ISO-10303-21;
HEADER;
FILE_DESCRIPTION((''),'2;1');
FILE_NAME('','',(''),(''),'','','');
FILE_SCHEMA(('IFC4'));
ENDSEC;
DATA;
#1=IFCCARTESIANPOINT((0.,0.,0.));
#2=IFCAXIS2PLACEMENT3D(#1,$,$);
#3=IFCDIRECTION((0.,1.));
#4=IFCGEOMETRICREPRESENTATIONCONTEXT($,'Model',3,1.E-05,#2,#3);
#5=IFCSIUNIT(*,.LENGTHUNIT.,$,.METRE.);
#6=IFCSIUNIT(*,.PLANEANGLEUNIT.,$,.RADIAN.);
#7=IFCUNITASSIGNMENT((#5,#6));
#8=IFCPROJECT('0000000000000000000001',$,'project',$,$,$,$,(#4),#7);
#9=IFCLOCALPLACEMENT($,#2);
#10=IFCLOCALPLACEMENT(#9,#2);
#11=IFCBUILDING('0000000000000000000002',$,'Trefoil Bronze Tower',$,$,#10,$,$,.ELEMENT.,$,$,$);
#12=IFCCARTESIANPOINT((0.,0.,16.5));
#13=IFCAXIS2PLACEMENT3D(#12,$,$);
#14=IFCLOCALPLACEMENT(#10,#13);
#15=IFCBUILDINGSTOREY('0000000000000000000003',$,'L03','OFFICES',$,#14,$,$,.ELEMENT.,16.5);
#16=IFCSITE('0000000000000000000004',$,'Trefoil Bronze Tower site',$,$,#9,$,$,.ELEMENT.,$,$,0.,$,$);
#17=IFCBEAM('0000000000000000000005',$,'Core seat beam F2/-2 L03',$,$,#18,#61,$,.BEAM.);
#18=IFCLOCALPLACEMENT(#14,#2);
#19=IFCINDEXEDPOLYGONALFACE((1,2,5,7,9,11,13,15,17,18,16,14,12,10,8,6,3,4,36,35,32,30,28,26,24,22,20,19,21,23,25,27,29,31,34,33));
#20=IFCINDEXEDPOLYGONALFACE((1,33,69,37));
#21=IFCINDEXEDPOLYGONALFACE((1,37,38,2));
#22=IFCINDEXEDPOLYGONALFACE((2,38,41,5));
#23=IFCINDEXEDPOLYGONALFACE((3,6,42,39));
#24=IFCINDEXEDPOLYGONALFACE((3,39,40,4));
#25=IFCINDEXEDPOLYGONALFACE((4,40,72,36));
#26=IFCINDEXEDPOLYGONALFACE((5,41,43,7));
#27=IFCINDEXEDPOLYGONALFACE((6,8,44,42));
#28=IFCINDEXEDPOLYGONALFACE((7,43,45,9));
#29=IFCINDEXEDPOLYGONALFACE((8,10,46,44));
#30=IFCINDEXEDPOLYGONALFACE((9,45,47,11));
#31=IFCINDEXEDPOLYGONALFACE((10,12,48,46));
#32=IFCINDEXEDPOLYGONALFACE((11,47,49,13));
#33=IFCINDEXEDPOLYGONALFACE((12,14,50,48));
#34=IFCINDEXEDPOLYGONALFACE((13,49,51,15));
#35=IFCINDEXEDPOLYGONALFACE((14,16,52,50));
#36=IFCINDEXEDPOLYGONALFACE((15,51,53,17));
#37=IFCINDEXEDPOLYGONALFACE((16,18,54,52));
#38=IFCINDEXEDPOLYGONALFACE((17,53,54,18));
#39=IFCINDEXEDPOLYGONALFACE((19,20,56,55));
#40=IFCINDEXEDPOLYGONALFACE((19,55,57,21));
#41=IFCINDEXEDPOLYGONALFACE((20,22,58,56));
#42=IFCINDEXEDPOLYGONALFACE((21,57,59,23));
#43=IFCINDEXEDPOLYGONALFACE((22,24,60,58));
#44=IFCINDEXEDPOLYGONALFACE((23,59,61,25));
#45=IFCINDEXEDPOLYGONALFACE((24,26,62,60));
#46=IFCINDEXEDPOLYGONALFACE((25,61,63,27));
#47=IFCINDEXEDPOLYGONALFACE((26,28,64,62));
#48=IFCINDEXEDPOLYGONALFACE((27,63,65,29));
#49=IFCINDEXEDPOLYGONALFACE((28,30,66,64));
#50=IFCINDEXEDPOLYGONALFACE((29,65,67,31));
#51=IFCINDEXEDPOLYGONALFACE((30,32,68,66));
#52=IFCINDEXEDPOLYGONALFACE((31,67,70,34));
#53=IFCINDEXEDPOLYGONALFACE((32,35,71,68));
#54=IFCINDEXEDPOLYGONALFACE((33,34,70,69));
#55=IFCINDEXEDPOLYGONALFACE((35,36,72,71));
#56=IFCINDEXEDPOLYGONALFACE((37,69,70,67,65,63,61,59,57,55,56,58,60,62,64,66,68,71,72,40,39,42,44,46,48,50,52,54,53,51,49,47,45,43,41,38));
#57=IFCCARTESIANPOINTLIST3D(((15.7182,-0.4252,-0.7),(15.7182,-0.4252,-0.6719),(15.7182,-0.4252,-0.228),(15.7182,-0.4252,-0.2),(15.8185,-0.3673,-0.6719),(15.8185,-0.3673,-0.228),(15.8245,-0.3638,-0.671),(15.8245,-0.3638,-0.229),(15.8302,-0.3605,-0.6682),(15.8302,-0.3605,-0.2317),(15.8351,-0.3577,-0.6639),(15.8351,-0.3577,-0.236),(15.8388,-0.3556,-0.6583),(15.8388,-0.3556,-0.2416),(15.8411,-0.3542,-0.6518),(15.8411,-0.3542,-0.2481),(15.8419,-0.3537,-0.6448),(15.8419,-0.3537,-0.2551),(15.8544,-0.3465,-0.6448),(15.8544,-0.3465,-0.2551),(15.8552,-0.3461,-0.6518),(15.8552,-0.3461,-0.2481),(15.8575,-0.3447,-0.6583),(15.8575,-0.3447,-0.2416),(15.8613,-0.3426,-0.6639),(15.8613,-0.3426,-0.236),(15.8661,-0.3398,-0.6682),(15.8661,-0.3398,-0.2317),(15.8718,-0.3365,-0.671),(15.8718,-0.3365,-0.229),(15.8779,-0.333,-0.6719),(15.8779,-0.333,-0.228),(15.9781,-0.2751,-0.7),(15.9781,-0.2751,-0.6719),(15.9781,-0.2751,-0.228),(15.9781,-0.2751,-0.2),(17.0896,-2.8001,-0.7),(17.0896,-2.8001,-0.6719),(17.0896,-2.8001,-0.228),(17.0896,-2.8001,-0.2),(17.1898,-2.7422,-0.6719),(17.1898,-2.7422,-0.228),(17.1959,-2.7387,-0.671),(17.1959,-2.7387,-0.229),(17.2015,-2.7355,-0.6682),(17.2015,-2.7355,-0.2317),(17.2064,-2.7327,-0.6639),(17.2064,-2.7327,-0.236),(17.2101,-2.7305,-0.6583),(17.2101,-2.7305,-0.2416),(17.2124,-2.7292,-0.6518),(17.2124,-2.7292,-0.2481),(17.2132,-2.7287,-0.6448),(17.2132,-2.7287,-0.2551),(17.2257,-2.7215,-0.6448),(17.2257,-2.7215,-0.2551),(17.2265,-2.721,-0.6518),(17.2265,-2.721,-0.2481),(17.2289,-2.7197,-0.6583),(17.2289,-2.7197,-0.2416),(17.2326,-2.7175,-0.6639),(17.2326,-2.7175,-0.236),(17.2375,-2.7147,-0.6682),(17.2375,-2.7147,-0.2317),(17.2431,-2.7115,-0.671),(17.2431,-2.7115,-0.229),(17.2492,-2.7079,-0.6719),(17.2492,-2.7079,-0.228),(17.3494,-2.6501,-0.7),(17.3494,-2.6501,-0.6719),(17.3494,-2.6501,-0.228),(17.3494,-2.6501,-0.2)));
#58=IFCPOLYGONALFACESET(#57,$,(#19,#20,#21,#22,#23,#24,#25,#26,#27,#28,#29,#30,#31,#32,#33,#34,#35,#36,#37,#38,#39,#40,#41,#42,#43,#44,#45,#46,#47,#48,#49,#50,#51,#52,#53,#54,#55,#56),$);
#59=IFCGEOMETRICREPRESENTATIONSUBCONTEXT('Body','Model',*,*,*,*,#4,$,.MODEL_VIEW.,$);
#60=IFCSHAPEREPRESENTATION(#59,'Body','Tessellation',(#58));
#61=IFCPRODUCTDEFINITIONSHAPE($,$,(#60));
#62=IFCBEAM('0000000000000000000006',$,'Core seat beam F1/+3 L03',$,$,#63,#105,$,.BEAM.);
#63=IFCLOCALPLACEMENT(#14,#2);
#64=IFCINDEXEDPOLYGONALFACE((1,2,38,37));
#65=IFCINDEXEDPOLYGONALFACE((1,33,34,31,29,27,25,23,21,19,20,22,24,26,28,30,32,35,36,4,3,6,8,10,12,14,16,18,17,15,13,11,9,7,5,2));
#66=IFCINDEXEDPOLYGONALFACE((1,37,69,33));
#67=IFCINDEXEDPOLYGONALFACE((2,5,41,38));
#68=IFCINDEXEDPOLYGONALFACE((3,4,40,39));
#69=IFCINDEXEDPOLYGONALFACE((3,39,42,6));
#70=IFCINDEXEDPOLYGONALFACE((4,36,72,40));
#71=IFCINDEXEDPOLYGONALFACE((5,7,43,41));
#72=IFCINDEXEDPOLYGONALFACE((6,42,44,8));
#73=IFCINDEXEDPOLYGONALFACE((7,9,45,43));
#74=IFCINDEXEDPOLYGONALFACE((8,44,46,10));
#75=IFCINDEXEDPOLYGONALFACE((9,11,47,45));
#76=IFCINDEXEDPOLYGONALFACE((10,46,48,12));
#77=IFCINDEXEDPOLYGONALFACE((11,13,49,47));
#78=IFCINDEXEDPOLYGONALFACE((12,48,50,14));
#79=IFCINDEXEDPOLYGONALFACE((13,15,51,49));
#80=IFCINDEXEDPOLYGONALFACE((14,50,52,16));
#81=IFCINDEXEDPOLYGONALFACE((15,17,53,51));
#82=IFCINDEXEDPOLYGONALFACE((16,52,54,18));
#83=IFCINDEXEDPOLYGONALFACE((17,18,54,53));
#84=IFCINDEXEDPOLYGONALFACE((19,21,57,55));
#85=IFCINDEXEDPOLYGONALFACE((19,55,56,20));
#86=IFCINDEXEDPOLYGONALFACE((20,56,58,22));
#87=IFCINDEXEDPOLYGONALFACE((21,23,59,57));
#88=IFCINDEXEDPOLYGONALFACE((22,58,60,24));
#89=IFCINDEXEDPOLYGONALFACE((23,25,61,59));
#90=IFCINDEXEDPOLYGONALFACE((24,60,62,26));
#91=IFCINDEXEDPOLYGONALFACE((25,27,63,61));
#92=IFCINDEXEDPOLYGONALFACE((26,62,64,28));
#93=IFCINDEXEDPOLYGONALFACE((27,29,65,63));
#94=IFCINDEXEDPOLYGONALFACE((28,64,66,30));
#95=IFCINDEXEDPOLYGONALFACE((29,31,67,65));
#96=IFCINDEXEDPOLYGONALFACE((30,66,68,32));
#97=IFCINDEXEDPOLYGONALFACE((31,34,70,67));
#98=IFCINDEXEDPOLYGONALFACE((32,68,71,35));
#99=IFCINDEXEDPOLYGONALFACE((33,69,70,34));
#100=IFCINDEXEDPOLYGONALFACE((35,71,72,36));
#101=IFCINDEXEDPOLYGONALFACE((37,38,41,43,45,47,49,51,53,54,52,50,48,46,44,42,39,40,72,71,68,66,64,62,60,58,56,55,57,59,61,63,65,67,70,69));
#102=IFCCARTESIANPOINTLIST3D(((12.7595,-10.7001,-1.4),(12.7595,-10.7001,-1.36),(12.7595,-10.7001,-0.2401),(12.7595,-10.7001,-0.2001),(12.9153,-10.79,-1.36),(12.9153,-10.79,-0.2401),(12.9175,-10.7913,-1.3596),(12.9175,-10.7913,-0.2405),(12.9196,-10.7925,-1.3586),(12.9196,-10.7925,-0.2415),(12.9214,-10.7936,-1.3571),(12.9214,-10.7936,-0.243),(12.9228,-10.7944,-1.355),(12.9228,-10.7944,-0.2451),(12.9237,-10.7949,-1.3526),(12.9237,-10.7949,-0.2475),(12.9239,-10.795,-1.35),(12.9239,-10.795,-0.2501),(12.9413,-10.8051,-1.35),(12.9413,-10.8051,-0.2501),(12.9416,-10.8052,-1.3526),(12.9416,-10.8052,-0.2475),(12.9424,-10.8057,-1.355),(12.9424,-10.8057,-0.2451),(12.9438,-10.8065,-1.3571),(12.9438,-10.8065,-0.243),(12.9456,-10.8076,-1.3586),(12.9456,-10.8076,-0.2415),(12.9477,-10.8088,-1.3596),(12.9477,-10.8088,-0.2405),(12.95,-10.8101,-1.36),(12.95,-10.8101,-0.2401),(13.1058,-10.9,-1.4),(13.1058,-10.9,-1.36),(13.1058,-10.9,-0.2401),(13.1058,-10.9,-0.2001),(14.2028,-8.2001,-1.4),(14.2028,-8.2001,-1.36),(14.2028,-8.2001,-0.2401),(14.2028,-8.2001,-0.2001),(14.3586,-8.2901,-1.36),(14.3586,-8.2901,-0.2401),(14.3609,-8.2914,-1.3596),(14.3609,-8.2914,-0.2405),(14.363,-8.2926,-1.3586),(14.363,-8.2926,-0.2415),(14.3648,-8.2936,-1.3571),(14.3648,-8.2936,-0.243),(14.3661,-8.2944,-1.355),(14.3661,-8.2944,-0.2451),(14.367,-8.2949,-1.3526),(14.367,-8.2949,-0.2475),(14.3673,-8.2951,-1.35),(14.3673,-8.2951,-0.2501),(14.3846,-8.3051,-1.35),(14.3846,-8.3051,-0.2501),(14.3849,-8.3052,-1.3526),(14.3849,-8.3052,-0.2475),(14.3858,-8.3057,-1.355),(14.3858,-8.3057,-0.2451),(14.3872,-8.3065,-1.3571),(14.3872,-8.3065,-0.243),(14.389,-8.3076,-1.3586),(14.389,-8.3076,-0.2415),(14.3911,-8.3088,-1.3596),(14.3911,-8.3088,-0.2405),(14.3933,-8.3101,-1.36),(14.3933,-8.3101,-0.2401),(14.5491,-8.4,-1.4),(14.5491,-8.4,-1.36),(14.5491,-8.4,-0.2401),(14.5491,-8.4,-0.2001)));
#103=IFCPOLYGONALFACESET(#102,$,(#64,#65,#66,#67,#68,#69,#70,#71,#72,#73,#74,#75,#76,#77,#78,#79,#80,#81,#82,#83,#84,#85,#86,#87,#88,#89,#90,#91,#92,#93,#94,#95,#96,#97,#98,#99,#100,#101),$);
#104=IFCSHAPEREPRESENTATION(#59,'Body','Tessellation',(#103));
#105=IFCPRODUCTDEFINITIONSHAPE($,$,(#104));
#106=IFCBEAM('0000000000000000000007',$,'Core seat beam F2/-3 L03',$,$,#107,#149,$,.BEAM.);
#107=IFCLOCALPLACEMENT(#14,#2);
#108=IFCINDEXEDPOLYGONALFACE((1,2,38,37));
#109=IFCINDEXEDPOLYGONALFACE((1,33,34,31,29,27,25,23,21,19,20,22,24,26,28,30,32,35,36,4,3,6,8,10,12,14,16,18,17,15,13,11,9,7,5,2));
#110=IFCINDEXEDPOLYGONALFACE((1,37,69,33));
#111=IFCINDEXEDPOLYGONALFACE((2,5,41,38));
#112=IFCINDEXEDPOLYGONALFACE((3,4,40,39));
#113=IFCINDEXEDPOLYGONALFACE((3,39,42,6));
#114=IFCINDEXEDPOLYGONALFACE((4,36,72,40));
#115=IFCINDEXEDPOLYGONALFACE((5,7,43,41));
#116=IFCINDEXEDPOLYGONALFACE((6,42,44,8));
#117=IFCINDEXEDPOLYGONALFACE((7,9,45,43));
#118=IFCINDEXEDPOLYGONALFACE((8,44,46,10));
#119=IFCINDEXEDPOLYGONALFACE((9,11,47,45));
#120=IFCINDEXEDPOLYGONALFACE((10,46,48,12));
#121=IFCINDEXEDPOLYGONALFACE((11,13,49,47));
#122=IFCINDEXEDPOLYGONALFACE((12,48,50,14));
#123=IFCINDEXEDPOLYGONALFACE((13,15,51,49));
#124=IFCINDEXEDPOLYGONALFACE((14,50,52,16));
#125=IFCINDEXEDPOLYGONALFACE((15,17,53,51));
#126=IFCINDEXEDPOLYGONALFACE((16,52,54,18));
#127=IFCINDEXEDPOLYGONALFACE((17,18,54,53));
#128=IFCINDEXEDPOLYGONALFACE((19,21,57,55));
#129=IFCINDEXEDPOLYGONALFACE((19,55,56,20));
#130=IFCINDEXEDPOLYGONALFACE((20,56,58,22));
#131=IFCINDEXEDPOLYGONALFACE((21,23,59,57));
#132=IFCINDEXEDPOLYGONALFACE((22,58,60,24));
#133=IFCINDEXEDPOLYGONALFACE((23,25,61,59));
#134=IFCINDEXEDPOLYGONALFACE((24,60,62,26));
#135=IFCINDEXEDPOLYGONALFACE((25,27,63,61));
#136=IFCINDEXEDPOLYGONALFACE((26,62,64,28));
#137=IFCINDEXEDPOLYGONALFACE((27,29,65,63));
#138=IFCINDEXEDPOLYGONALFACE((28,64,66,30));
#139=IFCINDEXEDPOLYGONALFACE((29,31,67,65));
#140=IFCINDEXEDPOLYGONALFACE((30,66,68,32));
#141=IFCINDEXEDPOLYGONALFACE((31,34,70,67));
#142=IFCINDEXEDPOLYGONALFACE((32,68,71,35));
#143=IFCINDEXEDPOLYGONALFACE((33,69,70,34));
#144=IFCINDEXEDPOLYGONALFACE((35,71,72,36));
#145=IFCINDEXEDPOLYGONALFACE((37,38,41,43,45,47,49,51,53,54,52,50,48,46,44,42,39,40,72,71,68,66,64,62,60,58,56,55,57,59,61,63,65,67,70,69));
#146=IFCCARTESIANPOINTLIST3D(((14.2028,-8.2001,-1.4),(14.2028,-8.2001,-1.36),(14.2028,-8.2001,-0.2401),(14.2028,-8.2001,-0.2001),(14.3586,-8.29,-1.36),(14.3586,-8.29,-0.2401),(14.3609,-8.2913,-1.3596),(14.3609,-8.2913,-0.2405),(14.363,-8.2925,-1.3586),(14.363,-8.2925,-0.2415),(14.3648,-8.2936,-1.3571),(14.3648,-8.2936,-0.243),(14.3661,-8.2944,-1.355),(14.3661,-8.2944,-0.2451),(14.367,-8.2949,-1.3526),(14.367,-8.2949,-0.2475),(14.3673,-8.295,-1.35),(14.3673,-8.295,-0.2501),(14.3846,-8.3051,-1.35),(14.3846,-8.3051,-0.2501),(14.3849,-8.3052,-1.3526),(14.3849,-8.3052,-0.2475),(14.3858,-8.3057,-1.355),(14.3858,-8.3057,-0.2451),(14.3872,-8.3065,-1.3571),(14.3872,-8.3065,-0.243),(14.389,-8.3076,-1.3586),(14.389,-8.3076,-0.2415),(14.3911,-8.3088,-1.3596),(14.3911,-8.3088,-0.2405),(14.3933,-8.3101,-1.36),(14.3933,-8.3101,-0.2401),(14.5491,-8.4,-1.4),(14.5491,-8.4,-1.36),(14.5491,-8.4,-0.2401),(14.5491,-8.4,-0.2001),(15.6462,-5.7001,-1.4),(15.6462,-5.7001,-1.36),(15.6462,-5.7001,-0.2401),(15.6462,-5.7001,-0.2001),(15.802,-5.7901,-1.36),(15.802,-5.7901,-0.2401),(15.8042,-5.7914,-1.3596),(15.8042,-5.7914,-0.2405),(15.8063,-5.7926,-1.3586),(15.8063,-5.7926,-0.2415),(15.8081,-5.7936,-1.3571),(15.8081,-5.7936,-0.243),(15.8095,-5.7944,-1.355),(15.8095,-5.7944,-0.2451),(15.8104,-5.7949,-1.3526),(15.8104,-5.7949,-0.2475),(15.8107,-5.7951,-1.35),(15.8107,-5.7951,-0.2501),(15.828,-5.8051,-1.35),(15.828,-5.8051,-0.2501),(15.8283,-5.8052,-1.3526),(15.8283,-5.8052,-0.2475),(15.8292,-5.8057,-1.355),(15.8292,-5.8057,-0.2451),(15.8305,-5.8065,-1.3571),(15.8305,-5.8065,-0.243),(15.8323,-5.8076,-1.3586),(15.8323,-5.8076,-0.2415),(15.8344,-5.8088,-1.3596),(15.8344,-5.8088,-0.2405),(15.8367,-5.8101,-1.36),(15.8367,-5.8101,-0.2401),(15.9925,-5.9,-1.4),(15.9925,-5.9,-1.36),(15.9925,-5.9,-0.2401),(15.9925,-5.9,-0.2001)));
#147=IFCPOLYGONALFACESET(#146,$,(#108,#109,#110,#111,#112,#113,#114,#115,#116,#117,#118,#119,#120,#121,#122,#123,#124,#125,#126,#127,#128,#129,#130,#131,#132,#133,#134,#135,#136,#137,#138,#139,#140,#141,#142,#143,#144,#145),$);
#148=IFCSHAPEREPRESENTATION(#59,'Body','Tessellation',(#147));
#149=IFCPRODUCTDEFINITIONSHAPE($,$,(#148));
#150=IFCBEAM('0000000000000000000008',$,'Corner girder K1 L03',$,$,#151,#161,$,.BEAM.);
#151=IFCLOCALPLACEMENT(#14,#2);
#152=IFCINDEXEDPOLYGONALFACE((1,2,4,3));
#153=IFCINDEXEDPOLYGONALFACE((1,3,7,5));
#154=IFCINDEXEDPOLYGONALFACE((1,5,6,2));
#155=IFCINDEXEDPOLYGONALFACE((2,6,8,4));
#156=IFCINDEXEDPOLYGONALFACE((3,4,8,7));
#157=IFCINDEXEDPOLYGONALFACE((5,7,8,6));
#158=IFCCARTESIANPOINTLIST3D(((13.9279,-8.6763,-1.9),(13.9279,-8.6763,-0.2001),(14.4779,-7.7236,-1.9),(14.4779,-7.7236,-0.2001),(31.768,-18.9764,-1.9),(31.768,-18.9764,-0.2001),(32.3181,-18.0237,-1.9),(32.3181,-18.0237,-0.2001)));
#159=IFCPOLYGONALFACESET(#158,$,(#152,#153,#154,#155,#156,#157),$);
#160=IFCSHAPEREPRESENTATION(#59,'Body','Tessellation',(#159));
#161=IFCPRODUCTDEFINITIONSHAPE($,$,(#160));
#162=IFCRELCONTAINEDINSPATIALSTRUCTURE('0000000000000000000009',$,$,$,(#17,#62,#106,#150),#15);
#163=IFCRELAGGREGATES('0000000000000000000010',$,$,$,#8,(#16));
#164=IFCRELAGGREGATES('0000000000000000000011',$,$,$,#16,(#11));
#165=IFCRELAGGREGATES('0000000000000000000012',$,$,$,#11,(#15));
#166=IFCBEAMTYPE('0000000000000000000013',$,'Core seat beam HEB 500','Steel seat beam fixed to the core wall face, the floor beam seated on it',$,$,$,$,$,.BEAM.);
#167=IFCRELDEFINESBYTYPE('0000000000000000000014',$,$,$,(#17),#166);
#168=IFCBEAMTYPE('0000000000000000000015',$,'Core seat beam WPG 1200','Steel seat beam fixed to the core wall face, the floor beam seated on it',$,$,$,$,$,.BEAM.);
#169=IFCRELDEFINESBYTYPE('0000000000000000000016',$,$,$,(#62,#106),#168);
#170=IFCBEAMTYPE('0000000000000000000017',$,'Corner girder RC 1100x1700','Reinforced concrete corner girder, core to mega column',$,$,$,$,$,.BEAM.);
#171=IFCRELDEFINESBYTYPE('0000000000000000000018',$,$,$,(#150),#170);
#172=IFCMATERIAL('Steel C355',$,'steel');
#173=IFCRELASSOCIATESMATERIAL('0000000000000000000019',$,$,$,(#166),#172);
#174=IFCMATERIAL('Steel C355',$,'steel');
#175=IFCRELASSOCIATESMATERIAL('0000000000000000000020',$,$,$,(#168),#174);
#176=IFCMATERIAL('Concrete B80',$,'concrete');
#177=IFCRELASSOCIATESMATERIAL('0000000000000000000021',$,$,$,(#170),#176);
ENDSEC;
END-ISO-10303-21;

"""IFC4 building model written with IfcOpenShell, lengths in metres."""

from ifc_helpers import new_model, si_unit, direction, frame, origin, origin_2d, place, context, subcontext, project, spatial, rectangle, i_section, extrude, material, material_profile, profile_set, type_object, element, save


model = new_model("IFC4")

# Units and contexts
model_context = context("Model", 3, precision=1e-05, world=origin(), true_north=direction((0.0, 1.0)))
body_context = subcontext(model_context, "Body", "Model", "MODEL_VIEW")
ifc_project = project(units=[si_unit("LENGTHUNIT", "METRE"), si_unit("PLANEANGLEUNIT", "RADIAN")], contexts=[model_context])

# Site, building, storey
site_placement = place(None, origin())
site = spatial("IfcSite", under=ifc_project, at=site_placement, Name="Trefoil Bronze Tower site", CompositionType="ELEMENT", RefElevation=0.0)
building_placement = place(site_placement, origin())
building = spatial("IfcBuilding", under=site, at=building_placement, Name="Trefoil Bronze Tower", CompositionType="ELEMENT")
storey_placement = place(building_placement, frame((0.0, 0.0, 16.5)))
storey = spatial("IfcBuildingStorey", under=building, at=storey_placement, Name="L03", Description="OFFICES", CompositionType="ELEMENT", Elevation=16.5)

# Beams
ifc_material_1 = material(Name="Steel C355", Category="steel")
ifc_material_profile_1 = material_profile(ifc_material_1, i_section(OverallWidth=0.3, OverallDepth=0.5, WebThickness=0.0144, FlangeThickness=0.0281, FilletRadius=0.0271, at=origin_2d()), Name="HEB 500")
ifc_profile_set_1 = profile_set([ifc_material_profile_1], Name="Steel C355")
beam_type_1 = type_object("IfcBeamType", Name="Core seat beam HEB 500", Description="Steel seat beam fixed to the core wall face, the floor beam seated on it", PredefinedType="BEAM", material=ifc_profile_set_1)
beam_1_placement = place(storey_placement, frame((17.2195, -2.7251, -0.45), z_axis=(-0.500036, 0.866005, 0.0), x_axis=(-0.866005, -0.500036, 0.0)))
element("IfcBeam", 1, at=beam_1_placement, inside=storey, type_object=beam_type_1, Name="Core seat beam F2/-2 L03", PredefinedType="BEAM", context=body_context, shape_type="SweptSolid", body=[
    extrude(i_section(OverallWidth=0.3, OverallDepth=0.5, WebThickness=0.0144, FlangeThickness=0.0281, FilletRadius=0.0271, at=origin_2d()), origin(), (0.0, 0.0, 1.0), 2.7424),
])
ifc_material_2 = material(Name="Steel C355", Category="steel")
ifc_material_profile_2 = material_profile(ifc_material_2, i_section(OverallWidth=0.3999, OverallDepth=1.2, WebThickness=0.02, FlangeThickness=0.04, FilletRadius=0.01, at=origin_2d()), Name="WPG 1200")
ifc_profile_set_2 = profile_set([ifc_material_profile_2], Name="Steel C355")
beam_type_2 = type_object("IfcBeamType", Name="Core seat beam WPG 1200", Description="Steel seat beam fixed to the core wall face, the floor beam seated on it", PredefinedType="BEAM", material=ifc_profile_set_2)
for number, where, z_axis, x_axis, name in (
    (2, (12.9326, -10.8, -0.8), (0.499996, 0.866028, 0.0), (-0.866028, 0.499996, 0.0), "Core seat beam F1/+3 L03"),
    (3, (14.376, -8.3, -0.8), (0.499996, 0.866028, 0.0), (-0.866028, 0.499996, 0.0), "Core seat beam F2/-3 L03"),
):
    element("IfcBeam", number, at=place(storey_placement, frame(where, z_axis=z_axis, x_axis=x_axis)), inside=storey, type_object=beam_type_2, Name=name, PredefinedType="BEAM", context=body_context, shape_type="SweptSolid", body=[
        extrude(i_section(OverallWidth=0.3999, OverallDepth=1.2, WebThickness=0.02, FlangeThickness=0.04, FilletRadius=0.01, at=origin_2d()), origin(), (0.0, 0.0, 1.0), 2.8867),
    ])
ifc_material_3 = material(Name="Concrete B80", Category="concrete")
ifc_material_profile_3 = material_profile(ifc_material_3, rectangle(XDim=1.1001, YDim=1.7, at=origin_2d()), Name="RC 1100x1700")
ifc_profile_set_3 = profile_set([ifc_material_profile_3], Name="Concrete B80")
beam_type_3 = type_object("IfcBeamType", Name="Corner girder RC 1100x1700", Description="Reinforced concrete corner girder, core to mega column", PredefinedType="BEAM", material=ifc_profile_set_3)
beam_2_placement = place(storey_placement, frame((14.2029, -8.2, -1.05), z_axis=(0.866024, -0.500003, 0.0), x_axis=(0.500003, 0.866024, 0.0)))
element("IfcBeam", 4, at=beam_2_placement, inside=storey, type_object=beam_type_3, Name="Corner girder K1 L03", PredefinedType="BEAM", context=body_context, shape_type="SweptSolid", body=[
    extrude(rectangle(XDim=1.1001, YDim=1.7, at=origin_2d()), origin(), (0.0, 0.0, 1.0), 20.6001),
])

save(model, "model.ifc")
